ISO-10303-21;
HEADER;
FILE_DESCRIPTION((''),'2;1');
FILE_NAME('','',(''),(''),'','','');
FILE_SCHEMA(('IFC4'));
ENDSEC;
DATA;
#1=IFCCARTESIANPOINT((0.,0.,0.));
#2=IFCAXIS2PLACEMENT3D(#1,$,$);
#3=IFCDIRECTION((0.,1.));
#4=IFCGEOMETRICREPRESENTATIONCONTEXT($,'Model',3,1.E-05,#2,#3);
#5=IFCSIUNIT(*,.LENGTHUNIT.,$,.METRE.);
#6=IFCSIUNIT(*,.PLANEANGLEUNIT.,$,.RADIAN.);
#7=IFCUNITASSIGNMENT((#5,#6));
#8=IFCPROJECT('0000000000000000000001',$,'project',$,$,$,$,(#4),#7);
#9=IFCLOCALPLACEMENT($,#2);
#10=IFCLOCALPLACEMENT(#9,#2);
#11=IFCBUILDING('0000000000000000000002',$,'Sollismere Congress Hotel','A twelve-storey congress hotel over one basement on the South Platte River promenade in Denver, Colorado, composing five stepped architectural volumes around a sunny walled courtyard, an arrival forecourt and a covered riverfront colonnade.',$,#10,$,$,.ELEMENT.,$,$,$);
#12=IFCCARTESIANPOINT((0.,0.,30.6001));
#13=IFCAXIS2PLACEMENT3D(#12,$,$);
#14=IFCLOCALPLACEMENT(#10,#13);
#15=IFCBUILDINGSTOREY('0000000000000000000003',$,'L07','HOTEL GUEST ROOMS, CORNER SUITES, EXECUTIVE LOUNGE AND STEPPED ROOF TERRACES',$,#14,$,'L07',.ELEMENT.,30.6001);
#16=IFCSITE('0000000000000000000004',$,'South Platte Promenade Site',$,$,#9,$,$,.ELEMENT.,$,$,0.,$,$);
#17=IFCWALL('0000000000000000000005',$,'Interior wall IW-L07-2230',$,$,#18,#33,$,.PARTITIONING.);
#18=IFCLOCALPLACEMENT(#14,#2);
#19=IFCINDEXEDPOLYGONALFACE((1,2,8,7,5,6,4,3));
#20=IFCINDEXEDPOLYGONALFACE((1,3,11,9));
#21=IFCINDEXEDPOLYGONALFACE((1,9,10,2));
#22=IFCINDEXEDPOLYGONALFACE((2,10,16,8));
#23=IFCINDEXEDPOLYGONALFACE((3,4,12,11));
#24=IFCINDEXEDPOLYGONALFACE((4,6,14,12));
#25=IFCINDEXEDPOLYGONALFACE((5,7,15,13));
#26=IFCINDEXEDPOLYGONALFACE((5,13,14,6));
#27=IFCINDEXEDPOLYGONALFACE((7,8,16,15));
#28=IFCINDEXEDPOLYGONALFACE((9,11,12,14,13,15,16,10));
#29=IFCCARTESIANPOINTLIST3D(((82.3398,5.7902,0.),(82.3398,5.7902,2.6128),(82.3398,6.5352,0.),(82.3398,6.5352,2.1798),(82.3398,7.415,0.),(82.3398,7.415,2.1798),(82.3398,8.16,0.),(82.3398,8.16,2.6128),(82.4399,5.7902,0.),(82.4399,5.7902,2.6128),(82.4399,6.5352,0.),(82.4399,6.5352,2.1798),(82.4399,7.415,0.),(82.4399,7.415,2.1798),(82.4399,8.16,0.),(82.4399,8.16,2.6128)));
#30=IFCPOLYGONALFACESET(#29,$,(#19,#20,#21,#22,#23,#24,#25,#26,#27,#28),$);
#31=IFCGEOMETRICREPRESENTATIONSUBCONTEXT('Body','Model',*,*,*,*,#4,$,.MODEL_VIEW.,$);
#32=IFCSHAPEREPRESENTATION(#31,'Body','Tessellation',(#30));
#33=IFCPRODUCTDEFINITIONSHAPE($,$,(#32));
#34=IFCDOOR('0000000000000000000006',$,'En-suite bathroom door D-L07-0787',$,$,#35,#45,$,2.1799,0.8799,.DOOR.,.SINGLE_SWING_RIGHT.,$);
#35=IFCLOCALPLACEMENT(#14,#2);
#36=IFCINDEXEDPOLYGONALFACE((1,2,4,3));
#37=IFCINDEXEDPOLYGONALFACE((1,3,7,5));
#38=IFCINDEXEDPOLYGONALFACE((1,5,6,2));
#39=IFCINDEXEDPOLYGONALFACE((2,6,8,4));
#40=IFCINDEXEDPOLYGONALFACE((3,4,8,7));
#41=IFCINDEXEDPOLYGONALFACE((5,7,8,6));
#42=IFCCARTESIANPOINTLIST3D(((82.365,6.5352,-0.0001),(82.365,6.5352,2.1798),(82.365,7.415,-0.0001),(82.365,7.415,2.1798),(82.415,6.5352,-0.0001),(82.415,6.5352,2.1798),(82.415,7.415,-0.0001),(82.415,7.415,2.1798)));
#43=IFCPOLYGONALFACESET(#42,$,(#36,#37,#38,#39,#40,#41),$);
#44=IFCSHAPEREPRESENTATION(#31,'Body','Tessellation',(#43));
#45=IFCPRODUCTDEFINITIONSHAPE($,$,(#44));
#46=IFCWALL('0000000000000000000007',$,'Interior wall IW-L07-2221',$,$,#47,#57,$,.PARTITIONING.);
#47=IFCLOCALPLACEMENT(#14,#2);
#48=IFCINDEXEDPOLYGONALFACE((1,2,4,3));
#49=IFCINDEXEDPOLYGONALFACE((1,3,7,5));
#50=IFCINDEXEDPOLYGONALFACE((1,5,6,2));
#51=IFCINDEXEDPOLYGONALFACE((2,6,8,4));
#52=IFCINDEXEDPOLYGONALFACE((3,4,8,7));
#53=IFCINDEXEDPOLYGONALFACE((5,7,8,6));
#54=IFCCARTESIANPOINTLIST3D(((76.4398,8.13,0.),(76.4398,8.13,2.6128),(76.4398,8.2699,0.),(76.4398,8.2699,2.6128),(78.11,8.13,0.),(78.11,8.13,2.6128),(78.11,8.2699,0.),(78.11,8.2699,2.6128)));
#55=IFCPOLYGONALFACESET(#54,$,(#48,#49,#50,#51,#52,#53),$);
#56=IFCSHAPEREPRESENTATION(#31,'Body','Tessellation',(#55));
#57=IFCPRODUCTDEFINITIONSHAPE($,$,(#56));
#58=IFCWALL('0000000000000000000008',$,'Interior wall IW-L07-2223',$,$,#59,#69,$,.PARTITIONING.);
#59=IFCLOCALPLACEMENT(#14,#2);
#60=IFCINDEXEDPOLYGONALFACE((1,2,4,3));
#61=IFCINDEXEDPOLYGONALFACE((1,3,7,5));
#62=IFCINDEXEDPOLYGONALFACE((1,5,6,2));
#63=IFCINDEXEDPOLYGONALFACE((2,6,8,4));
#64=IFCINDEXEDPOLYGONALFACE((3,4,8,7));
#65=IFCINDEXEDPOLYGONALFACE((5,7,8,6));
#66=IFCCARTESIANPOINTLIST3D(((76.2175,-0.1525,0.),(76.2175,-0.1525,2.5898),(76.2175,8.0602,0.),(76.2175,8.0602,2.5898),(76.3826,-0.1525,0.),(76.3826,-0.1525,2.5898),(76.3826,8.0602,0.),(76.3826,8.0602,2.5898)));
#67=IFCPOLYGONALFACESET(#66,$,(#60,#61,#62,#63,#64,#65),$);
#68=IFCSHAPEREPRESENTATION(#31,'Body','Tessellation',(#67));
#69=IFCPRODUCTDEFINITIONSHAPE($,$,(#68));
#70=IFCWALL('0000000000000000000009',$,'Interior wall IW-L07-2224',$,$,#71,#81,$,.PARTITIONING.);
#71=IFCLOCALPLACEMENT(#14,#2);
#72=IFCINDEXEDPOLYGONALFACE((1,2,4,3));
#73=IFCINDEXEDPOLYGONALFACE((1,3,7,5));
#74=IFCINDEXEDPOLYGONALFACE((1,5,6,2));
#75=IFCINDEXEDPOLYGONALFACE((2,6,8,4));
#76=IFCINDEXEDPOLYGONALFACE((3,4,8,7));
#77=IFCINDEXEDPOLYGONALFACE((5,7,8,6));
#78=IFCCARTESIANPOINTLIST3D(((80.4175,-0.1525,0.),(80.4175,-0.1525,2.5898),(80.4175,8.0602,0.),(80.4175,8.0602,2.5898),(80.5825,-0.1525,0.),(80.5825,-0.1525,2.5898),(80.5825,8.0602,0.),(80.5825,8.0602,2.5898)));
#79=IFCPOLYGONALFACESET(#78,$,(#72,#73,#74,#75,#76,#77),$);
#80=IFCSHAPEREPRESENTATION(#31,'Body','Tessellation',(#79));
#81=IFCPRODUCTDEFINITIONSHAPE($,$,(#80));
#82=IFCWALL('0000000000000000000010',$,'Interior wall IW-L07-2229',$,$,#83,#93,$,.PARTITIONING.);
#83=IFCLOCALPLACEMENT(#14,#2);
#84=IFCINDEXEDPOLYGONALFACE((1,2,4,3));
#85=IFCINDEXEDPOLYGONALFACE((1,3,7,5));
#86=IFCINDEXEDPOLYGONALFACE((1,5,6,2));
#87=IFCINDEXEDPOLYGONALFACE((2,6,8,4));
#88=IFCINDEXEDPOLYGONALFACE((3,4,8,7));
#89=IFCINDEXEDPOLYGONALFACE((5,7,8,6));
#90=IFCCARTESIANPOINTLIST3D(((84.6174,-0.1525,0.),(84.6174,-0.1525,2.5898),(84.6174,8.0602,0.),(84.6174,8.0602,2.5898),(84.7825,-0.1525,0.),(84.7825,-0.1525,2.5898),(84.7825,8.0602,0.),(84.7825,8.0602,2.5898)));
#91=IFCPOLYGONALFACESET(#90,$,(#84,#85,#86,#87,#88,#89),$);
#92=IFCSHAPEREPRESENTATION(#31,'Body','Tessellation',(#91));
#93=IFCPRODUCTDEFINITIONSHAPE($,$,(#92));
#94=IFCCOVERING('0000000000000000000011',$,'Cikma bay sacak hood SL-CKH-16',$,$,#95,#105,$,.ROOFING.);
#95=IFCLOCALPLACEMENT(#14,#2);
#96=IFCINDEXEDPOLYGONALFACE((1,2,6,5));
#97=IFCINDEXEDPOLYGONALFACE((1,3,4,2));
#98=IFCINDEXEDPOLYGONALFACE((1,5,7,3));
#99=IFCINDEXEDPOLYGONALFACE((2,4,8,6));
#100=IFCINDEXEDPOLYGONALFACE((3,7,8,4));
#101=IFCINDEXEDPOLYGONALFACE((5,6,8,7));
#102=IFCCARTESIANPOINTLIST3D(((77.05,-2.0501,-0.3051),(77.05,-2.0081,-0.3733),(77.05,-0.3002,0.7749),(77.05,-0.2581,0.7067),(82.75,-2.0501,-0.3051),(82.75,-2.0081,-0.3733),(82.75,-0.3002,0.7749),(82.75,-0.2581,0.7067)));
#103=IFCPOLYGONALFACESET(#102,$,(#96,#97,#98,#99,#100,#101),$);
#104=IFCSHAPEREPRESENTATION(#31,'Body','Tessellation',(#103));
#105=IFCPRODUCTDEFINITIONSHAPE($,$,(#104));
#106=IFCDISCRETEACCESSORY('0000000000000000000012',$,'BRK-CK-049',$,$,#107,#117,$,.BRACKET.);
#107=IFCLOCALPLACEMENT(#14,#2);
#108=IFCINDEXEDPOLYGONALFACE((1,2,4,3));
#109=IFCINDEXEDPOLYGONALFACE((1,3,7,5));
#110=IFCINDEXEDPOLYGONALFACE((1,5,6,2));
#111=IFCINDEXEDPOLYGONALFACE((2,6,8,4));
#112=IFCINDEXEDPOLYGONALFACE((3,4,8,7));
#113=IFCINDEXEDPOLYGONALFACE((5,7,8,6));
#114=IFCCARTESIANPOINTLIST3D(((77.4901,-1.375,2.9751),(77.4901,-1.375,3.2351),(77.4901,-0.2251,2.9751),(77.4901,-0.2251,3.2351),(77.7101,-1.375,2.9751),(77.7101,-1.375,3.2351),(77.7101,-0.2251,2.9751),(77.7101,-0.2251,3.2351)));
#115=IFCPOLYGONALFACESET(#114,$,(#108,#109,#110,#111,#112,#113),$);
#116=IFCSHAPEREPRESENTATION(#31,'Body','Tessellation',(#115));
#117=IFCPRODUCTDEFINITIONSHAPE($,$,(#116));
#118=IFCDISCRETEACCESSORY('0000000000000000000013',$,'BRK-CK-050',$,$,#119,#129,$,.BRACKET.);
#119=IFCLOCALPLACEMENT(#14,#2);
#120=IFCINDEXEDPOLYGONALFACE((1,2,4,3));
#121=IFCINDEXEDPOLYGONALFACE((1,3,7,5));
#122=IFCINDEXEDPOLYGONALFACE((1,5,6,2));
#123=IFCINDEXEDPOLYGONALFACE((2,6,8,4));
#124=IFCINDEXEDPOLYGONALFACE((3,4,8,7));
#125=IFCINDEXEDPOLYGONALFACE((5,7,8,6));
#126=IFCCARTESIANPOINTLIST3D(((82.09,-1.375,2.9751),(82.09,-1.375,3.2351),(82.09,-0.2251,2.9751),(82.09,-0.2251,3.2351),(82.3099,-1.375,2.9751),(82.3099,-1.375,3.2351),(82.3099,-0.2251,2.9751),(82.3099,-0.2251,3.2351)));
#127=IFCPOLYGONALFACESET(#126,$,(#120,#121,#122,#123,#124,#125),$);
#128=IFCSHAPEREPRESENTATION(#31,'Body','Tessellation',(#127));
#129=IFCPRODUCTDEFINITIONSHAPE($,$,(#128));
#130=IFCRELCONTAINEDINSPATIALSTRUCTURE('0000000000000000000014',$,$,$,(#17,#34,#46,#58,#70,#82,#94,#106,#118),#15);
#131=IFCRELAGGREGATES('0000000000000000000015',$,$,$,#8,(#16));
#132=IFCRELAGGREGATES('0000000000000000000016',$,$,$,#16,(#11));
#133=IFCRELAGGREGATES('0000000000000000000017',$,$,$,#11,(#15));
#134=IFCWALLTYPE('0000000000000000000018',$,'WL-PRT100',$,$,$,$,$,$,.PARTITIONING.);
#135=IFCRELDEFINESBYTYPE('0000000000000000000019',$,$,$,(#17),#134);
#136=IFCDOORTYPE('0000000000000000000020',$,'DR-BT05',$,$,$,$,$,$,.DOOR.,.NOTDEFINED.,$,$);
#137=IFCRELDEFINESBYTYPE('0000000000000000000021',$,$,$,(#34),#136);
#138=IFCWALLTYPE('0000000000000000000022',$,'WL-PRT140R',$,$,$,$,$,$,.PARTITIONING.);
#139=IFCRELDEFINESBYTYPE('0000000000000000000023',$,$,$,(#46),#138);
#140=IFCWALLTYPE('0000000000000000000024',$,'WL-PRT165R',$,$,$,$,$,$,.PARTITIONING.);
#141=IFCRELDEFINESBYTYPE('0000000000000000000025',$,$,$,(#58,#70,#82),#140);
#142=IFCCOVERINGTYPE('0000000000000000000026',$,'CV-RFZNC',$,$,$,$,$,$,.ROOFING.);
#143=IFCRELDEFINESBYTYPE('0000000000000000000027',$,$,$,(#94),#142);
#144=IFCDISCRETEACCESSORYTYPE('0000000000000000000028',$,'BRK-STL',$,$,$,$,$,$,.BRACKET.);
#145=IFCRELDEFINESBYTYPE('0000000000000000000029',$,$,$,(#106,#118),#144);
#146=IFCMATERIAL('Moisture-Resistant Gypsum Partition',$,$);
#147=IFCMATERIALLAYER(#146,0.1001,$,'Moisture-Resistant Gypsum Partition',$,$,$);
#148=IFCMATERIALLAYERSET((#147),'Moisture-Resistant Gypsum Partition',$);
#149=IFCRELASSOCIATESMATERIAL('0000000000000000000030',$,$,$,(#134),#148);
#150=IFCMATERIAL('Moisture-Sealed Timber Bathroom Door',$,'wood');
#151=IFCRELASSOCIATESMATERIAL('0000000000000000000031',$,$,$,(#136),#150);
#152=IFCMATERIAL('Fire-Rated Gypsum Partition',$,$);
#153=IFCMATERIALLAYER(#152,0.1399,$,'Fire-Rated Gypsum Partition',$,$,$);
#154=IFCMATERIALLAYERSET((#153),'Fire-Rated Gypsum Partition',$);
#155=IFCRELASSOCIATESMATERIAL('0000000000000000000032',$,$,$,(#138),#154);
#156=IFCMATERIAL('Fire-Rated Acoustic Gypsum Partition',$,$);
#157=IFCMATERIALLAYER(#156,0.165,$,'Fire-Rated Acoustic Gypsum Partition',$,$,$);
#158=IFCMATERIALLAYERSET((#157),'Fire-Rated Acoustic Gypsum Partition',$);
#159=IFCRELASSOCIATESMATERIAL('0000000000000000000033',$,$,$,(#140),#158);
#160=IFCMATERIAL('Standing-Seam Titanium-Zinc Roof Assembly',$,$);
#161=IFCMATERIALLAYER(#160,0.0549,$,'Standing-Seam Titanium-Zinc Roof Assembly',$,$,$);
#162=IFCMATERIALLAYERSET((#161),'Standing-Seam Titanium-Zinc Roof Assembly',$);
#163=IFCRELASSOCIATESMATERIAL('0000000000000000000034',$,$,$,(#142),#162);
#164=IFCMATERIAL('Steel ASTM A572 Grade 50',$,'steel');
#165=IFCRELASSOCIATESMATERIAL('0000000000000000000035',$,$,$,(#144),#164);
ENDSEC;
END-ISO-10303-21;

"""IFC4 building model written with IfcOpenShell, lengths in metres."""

from ifc_helpers import new_model, si_unit, direction, frame, frame_2d, origin, origin_2d, place, context, subcontext, project, spatial, polyline, rectangle, outline, extrude, material, layer, layer_set, type_object, element, fill, save


model = new_model("IFC4")

# Units and contexts
model_context = context("Model", 3, precision=1e-05, world=origin(), true_north=direction((0.0, 1.0)))
body_context = subcontext(model_context, "Body", "Model", "MODEL_VIEW")
ifc_project = project(units=[si_unit("LENGTHUNIT", "METRE"), si_unit("PLANEANGLEUNIT", "RADIAN")], contexts=[model_context])

# Site, building, storey
site_placement = place(None, origin())
site = spatial("IfcSite", under=ifc_project, at=site_placement, Name="South Platte Promenade Site", CompositionType="ELEMENT", RefElevation=0.0)
building_placement = place(site_placement, origin())
building = spatial("IfcBuilding", under=site, at=building_placement, Name="Sollismere Congress Hotel", Description="A twelve-storey congress hotel over one basement on the South Platte River promenade in Denver, Colorado, composing five stepped architectural volumes around a sunny walled courtyard, an arrival forecourt and a covered riverfront colonnade.", CompositionType="ELEMENT")
storey_placement = place(building_placement, frame((0.0, 0.0, 30.6001)))
storey = spatial("IfcBuildingStorey", under=building, at=storey_placement, Name="L07", Description="HOTEL GUEST ROOMS, CORNER SUITES, EXECUTIVE LOUNGE AND STEPPED ROOF TERRACES", LongName="L07", CompositionType="ELEMENT", Elevation=30.6001)

# Wall, opening, door
ifc_material_1 = material(Name="Moisture-Resistant Gypsum Partition")
ifc_layer_1 = layer(ifc_material_1, 0.1001, Name="Moisture-Resistant Gypsum Partition")
ifc_layer_set_1 = layer_set([ifc_layer_1], Name="Moisture-Resistant Gypsum Partition")
wall_type_1 = type_object("IfcWallType", Name="WL-PRT100", PredefinedType="PARTITIONING", material=ifc_layer_set_1)
ifc_material_2 = material(Name="Moisture-Sealed Timber Bathroom Door", Category="wood")
wall_1_placement = place(storey_placement, frame((82.3899, 5.79, 0.0), z_axis=(0.0, 0.0, 1.0), x_axis=(0.0, 1.0, 0.0)))
wall_1 = element("IfcWall", 1, at=wall_1_placement, inside=storey, type_object=wall_type_1, Name="Interior wall IW-L07-2230", PredefinedType="PARTITIONING", context=body_context, shape_type="SweptSolid", body=[
    extrude(rectangle(XDim=2.3699, YDim=0.1001, at=frame_2d((1.1851, 0.0))), origin(), (0.0, 0.0, 1.0), 2.6128),
])
opening_1_placement = place(wall_1_placement, frame((0.7451, 0.0, 0.0)))
opening_1 = element("IfcOpeningElement", 2, at=opening_1_placement, cuts=wall_1, PredefinedType="OPENING", context=body_context, shape_type="SweptSolid", body=[
    extrude(rectangle(XDim=0.8799, YDim=2.1799, at=frame_2d((0.4399, 1.0898))), frame((0.0, 0.0601, 0.0), z_axis=(0.0, -1.0, 0.0), x_axis=(1.0, 0.0, 0.0)), (0.0, 0.0, 1.0), 0.1201),
])
door_type_1 = type_object("IfcDoorType", Name="DR-BT05", OperationType="NOTDEFINED", PredefinedType="DOOR", material=ifc_material_2)
door_1_placement = place(opening_1_placement, origin())
door_1 = element("IfcDoor", 3, at=door_1_placement, inside=storey, type_object=door_type_1, Name="En-suite bathroom door D-L07-0787", OperationType="SINGLE_SWING_RIGHT", OverallHeight=2.1799, OverallWidth=0.8799, PredefinedType="DOOR", context=body_context, shape_type="SweptSolid", body=[
    extrude(rectangle(XDim=0.8799, YDim=2.1799, at=frame_2d((0.4399, 1.0898))), frame((0.0, 0.0249, 0.0), z_axis=(0.0, -1.0, 0.0), x_axis=(1.0, 0.0, 0.0)), (0.0, 0.0, 1.0), 0.05),
])
fill(opening_1, door_1)

# Wall
ifc_material_3 = material(Name="Fire-Rated Gypsum Partition")
ifc_layer_2 = layer(ifc_material_3, 0.1399, Name="Fire-Rated Gypsum Partition")
ifc_layer_set_2 = layer_set([ifc_layer_2], Name="Fire-Rated Gypsum Partition")
wall_type_2 = type_object("IfcWallType", Name="WL-PRT140R", PredefinedType="PARTITIONING", material=ifc_layer_set_2)
wall_2_placement = place(storey_placement, frame((76.4399, 8.2, 0.0), z_axis=(0.0, 0.0, 1.0), x_axis=(1.0, 0.0, 0.0)))
element("IfcWall", 4, at=wall_2_placement, inside=storey, type_object=wall_type_2, Name="Interior wall IW-L07-2221", PredefinedType="PARTITIONING", context=body_context, shape_type="SweptSolid", body=[
    extrude(rectangle(XDim=1.6702, YDim=0.1399, at=frame_2d((0.835, 0.0))), origin(), (0.0, 0.0, 1.0), 2.6128),
])

# Walls
ifc_material_4 = material(Name="Fire-Rated Acoustic Gypsum Partition")
ifc_layer_3 = layer(ifc_material_4, 0.165, Name="Fire-Rated Acoustic Gypsum Partition")
ifc_layer_set_3 = layer_set([ifc_layer_3], Name="Fire-Rated Acoustic Gypsum Partition")
wall_type_3 = type_object("IfcWallType", Name="WL-PRT165R", PredefinedType="PARTITIONING", material=ifc_layer_set_3)
for number, where, z_axis, x_axis, name in (
    (5, (76.3, -0.1526, 0.0), (0.0, 0.0, 1.0), (0.0, 1.0, 0.0), "Interior wall IW-L07-2223"),
    (6, (80.5, -0.1526, 0.0), (0.0, 0.0, 1.0), (0.0, 1.0, 0.0), "Interior wall IW-L07-2224"),
    (7, (84.7, -0.1526, 0.0), (0.0, 0.0, 1.0), (0.0, 1.0, 0.0), "Interior wall IW-L07-2229"),
):
    element("IfcWall", number, at=place(storey_placement, frame(where, z_axis=z_axis, x_axis=x_axis)), inside=storey, type_object=wall_type_3, Name=name, PredefinedType="PARTITIONING", context=body_context, shape_type="SweptSolid", body=[
        extrude(rectangle(XDim=8.2126, YDim=0.165, at=frame_2d((4.1064, 0.0))), origin(), (0.0, 0.0, 1.0), 2.5898),
    ])

# Covering
ifc_material_5 = material(Name="Standing-Seam Titanium-Zinc Roof Assembly")
ifc_layer_4 = layer(ifc_material_5, 0.0549, Name="Standing-Seam Titanium-Zinc Roof Assembly")
ifc_layer_set_4 = layer_set([ifc_layer_4], Name="Standing-Seam Titanium-Zinc Roof Assembly")
covering_type = type_object("IfcCoveringType", Name="CV-RFZNC", PredefinedType="ROOFING", material=ifc_layer_set_4)
covering_placement = place(storey_placement, frame((77.05, -2.0081, -0.3733), z_axis=(0.0, -0.52521, 0.850973), x_axis=(1.0, 0.0, 0.0)))
element("IfcCovering", 8, at=covering_placement, inside=storey, type_object=covering_type, Name="Cikma bay sacak hood SL-CKH-16", PredefinedType="ROOFING", context=body_context, shape_type="SweptSolid", body=[
    extrude(outline(polyline([(0.0, 0.0), (5.7, 0.0), (5.7, 2.0564), (0.0, 2.0564), (0.0, 0.0)])), origin(), (0.0, 0.0, 1.0), 0.0801),
])

# Discrete accessories
ifc_material_6 = material(Name="Steel ASTM A572 Grade 50", Category="steel")
discrete_accessory_type = type_object("IfcDiscreteAccessoryType", Name="BRK-STL", PredefinedType="BRACKET", material=ifc_material_6)
for number, where, z_axis, x_axis, name in (
    (9, (77.6001, -0.8, 2.9751), (0.0, 0.0, 1.0), (1.0, 0.0, 0.0), "BRK-CK-049"),
    (10, (82.2, -0.8, 2.9751), (0.0, 0.0, 1.0), (1.0, 0.0, 0.0), "BRK-CK-050"),
):
    element("IfcDiscreteAccessory", number, at=place(storey_placement, frame(where, z_axis=z_axis, x_axis=x_axis)), inside=storey, type_object=discrete_accessory_type, Name=name, PredefinedType="BRACKET", context=body_context, shape_type="SweptSolid", body=[
        extrude(rectangle(XDim=0.22, YDim=1.1499, at=origin_2d()), origin(), (0.0, 0.0, 1.0), 0.26),
    ])

save(model, "model.ifc")
